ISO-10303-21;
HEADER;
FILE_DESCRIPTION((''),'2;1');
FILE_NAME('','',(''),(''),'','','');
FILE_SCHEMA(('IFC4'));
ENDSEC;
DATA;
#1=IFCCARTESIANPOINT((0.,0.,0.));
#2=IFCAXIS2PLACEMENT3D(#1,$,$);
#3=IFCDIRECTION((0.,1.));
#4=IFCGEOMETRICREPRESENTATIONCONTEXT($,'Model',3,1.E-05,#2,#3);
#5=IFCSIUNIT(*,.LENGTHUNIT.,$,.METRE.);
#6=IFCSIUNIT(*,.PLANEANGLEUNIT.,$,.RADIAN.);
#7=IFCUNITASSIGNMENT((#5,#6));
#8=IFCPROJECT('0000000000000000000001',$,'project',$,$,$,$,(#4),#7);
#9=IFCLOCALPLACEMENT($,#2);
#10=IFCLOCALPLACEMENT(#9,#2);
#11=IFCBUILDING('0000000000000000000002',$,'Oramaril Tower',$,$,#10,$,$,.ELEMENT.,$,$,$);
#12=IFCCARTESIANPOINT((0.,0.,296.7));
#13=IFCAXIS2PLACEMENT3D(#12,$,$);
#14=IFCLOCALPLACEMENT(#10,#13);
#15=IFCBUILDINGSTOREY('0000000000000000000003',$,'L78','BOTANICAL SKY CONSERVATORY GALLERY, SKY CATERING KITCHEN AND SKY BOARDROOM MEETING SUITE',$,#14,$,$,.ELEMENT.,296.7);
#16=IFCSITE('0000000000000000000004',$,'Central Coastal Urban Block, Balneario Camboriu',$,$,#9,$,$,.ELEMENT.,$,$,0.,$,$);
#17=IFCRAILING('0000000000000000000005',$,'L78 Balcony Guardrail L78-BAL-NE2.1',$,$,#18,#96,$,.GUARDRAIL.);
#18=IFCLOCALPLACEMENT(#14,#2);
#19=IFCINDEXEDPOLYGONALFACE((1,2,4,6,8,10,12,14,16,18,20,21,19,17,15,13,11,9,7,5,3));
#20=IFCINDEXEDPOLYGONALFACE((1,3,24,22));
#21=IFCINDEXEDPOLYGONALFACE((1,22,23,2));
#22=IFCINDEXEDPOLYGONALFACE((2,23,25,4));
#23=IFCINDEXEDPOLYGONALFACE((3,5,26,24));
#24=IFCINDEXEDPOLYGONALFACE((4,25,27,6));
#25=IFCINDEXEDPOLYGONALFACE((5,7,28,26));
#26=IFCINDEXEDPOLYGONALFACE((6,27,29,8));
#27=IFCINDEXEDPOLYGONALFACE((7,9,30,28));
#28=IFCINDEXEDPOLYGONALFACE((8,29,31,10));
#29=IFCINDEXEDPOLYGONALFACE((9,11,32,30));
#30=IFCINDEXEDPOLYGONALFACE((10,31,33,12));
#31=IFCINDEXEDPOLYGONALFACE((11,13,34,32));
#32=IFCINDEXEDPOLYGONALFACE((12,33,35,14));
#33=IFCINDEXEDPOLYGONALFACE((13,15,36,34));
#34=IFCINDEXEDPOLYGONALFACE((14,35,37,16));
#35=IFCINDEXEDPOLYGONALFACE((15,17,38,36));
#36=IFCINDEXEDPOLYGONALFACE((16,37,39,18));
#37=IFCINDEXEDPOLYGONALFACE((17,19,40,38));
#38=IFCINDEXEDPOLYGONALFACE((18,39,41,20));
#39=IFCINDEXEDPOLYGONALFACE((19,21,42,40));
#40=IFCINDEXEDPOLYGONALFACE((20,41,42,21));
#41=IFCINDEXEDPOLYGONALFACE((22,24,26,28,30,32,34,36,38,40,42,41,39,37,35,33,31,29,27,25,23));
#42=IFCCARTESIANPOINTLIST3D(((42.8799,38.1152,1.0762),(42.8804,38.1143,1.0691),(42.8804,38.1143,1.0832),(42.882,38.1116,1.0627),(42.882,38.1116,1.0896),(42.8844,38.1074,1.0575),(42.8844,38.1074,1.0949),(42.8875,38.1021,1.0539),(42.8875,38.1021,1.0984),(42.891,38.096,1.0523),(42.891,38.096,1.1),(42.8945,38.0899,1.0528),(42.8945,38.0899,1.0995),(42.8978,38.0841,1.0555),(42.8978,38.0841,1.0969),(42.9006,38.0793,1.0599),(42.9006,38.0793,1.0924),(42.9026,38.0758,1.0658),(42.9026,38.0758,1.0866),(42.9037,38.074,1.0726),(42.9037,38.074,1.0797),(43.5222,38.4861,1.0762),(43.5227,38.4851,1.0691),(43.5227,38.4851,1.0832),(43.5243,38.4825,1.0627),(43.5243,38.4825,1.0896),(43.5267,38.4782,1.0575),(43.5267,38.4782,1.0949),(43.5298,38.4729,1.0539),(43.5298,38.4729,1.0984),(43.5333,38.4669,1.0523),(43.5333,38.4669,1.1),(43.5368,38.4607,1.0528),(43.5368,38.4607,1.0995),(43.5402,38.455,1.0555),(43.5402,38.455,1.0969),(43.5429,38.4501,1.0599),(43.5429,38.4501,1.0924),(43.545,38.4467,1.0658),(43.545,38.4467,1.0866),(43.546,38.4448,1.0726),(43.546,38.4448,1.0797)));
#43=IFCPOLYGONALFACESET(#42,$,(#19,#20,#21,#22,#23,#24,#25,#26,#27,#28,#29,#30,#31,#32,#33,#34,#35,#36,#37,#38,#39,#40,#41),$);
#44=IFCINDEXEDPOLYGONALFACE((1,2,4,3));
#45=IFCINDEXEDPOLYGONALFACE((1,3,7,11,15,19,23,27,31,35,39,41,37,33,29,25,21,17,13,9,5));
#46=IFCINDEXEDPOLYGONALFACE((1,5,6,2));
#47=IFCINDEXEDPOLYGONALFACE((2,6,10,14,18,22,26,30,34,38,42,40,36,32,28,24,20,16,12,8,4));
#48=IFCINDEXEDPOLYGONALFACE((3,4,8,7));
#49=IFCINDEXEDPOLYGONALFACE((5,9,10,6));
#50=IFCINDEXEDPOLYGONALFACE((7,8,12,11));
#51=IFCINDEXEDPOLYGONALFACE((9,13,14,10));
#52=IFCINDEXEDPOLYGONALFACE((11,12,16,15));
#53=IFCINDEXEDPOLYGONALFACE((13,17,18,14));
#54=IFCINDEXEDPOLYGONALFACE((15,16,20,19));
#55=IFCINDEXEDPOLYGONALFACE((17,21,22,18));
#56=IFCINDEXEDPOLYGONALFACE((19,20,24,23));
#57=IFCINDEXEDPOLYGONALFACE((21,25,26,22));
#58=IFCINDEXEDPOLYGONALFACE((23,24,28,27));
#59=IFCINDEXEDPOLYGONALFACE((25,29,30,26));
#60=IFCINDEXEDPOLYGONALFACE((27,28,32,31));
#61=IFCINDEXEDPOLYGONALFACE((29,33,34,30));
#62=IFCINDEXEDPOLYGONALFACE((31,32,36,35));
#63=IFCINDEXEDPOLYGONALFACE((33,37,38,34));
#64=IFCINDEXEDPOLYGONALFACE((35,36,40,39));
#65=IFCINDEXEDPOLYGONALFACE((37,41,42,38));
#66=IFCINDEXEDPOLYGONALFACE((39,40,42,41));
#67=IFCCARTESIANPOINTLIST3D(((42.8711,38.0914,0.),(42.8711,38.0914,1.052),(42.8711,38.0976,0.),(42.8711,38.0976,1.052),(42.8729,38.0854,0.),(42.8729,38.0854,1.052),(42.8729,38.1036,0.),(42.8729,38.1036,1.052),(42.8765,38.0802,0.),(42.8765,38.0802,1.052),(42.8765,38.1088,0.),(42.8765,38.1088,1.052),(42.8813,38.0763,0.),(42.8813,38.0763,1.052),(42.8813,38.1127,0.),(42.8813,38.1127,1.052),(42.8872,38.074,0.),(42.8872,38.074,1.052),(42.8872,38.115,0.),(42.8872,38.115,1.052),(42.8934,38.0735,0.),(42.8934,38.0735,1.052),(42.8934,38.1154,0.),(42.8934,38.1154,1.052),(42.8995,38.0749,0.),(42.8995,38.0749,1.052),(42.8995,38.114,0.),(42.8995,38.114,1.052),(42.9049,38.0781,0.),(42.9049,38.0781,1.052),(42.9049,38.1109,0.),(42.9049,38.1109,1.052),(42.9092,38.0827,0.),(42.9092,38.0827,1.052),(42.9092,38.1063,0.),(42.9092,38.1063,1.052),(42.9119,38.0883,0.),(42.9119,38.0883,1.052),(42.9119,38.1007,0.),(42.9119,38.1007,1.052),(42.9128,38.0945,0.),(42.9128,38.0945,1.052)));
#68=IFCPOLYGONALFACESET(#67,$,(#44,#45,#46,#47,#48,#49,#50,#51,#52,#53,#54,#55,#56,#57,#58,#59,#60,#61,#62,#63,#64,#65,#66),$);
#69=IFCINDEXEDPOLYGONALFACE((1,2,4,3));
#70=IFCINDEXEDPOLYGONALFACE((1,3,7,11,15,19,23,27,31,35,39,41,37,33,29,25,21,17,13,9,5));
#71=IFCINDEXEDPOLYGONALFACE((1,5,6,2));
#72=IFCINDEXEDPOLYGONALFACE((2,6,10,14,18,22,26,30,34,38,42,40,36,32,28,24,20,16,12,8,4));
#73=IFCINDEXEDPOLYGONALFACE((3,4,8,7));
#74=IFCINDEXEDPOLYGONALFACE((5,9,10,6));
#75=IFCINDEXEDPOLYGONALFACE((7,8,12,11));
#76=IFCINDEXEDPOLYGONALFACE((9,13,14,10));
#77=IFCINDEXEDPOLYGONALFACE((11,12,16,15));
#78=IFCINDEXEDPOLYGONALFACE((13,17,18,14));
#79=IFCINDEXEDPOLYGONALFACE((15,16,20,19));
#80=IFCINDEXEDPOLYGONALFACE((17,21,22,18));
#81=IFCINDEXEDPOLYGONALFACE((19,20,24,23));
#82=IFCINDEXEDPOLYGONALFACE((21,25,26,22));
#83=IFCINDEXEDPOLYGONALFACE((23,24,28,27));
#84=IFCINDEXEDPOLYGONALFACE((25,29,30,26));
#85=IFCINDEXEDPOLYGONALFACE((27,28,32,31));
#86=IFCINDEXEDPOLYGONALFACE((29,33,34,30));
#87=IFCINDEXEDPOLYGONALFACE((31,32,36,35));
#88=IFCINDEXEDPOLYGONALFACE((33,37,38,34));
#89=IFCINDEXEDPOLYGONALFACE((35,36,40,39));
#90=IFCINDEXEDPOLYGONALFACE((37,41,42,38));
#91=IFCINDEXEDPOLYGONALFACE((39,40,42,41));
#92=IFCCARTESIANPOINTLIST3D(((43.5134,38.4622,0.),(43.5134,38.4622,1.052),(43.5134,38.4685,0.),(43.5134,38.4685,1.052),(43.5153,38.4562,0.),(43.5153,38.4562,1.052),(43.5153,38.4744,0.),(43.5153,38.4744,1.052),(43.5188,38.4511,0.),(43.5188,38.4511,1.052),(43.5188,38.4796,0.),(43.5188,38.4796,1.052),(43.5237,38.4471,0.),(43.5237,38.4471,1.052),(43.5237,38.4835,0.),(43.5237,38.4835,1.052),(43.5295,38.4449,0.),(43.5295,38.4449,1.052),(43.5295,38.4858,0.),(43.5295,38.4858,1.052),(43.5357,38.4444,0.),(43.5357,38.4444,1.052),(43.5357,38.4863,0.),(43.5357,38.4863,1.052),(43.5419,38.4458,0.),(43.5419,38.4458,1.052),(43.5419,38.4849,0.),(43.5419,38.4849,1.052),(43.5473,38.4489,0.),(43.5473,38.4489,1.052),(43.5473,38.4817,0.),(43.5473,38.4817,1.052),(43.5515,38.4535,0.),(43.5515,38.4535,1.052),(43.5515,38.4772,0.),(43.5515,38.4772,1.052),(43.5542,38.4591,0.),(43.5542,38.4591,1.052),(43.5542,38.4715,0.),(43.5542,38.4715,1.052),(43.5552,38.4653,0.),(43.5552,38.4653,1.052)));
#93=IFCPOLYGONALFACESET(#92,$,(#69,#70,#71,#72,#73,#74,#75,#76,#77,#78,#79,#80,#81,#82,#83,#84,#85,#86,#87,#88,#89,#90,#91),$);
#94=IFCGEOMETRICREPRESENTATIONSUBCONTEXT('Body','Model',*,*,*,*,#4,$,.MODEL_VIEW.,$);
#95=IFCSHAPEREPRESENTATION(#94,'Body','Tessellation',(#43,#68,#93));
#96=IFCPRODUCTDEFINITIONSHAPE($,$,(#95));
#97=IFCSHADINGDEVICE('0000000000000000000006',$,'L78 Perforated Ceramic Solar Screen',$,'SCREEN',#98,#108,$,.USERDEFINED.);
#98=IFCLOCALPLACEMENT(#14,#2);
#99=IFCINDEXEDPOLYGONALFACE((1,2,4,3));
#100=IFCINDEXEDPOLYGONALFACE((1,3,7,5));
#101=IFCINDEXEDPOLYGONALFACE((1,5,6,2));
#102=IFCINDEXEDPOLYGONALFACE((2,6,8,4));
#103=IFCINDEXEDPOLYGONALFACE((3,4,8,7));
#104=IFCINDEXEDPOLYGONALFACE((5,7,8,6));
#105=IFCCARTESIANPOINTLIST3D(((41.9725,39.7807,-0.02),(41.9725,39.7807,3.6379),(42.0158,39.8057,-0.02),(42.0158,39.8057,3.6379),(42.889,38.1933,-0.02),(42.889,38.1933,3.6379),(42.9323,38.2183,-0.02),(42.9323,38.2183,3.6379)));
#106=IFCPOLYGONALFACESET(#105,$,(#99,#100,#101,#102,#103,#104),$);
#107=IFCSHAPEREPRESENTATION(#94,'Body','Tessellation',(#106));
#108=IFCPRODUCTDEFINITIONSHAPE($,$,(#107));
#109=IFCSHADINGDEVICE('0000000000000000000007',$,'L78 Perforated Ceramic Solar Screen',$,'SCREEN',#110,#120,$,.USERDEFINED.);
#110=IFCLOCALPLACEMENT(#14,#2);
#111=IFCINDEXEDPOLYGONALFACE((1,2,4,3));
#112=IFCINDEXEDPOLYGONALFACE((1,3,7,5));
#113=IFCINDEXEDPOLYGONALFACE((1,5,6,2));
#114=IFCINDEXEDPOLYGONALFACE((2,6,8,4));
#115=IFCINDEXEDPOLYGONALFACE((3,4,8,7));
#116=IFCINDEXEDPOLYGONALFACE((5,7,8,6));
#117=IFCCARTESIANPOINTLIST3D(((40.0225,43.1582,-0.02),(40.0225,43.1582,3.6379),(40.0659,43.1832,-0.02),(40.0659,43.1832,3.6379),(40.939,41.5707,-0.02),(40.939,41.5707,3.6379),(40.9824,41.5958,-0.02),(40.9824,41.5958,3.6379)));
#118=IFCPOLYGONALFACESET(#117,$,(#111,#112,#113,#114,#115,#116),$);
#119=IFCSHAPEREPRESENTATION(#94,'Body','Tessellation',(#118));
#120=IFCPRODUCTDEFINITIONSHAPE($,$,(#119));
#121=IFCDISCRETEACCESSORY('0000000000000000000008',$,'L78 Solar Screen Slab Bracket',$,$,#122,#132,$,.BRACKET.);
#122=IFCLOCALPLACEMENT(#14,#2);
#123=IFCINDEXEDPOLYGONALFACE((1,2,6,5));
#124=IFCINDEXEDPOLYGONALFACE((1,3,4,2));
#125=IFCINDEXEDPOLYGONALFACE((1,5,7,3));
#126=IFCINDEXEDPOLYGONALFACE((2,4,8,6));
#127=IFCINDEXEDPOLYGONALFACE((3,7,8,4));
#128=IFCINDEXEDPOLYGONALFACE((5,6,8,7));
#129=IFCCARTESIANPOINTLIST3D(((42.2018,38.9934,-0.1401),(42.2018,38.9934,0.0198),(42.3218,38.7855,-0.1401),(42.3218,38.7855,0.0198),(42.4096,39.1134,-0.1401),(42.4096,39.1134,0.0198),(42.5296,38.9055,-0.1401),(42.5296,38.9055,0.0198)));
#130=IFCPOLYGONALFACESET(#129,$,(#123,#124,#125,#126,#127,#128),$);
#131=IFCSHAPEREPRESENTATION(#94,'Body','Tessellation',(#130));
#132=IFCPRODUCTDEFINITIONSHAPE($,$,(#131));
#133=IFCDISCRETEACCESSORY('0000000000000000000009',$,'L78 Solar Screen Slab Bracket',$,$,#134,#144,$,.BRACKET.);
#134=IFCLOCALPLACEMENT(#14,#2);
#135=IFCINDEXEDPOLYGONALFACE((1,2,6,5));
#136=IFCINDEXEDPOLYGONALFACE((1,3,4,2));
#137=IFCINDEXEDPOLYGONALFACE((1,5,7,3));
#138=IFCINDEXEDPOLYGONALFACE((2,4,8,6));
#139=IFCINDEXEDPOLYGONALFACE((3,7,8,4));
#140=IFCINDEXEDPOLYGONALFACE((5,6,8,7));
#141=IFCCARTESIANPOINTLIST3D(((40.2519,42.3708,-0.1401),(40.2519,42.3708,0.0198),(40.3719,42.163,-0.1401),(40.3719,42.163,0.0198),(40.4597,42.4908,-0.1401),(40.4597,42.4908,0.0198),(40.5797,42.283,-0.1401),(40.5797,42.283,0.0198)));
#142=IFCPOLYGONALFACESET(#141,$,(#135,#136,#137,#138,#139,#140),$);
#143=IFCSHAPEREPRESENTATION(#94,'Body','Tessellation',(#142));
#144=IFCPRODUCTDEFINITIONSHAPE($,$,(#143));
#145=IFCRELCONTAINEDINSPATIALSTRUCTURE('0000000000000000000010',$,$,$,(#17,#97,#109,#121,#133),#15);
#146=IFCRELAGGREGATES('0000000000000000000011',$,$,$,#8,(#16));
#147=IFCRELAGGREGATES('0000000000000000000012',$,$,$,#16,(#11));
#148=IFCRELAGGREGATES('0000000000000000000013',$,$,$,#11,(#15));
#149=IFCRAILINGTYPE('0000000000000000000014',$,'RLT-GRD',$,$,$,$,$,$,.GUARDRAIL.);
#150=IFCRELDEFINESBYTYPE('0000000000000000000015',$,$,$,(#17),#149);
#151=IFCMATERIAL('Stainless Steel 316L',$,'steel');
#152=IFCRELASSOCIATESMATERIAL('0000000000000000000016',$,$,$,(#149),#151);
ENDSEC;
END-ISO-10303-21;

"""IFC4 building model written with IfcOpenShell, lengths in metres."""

from ifc_helpers import new_model, si_unit, direction, frame, origin, origin_2d, place, context, subcontext, project, spatial, rectangle, circle, extrude, material, type_object, element, save


model = new_model("IFC4")

# Units and contexts
model_context = context("Model", 3, precision=1e-05, world=origin(), true_north=direction((0.0, 1.0)))
body_context = subcontext(model_context, "Body", "Model", "MODEL_VIEW")
ifc_project = project(units=[si_unit("LENGTHUNIT", "METRE"), si_unit("PLANEANGLEUNIT", "RADIAN")], contexts=[model_context])

# Site, building, storey
site_placement = place(None, origin())
site = spatial("IfcSite", under=ifc_project, at=site_placement, Name="Central Coastal Urban Block, Balneario Camboriu", CompositionType="ELEMENT", RefElevation=0.0)
building_placement = place(site_placement, origin())
building = spatial("IfcBuilding", under=site, at=building_placement, Name="Oramaril Tower", CompositionType="ELEMENT")
storey_placement = place(building_placement, frame((0.0, 0.0, 296.7)))
storey = spatial("IfcBuildingStorey", under=building, at=storey_placement, Name="L78", Description="BOTANICAL SKY CONSERVATORY GALLERY, SKY CATERING KITCHEN AND SKY BOARDROOM MEETING SUITE", CompositionType="ELEMENT", Elevation=296.7)

# Railing
ifc_material_1 = material(Name="Stainless Steel 316L", Category="steel")
railing_type = type_object("IfcRailingType", Name="RLT-GRD", PredefinedType="GUARDRAIL", material=ifc_material_1)
railing_1_placement = place(storey_placement, frame((42.8918, 38.0945, 0.0)))
element("IfcRailing", 1, at=railing_1_placement, inside=storey, type_object=railing_type, Name="L78 Balcony Guardrail L78-BAL-NE2.1", PredefinedType="GUARDRAIL", context=body_context, shape_type="SweptSolid", body=[
    extrude(circle(Radius=0.0239, at=origin_2d()), frame((0.0, 0.0, 1.0762), z_axis=(0.866027, 0.499998, 0.0), x_axis=(-0.499998, 0.866027, 0.0)), (0.0, 0.0, 1.0), 0.7417),
    extrude(circle(Radius=0.021, at=origin_2d()), origin(), (0.0, 0.0, 1.0), 1.052),
    extrude(circle(Radius=0.021, at=origin_2d()), frame((0.6423, 0.3708, 0.0)), (0.0, 0.0, 1.0), 1.052),
])

# Shading devices
for number, where, z_axis, x_axis, name in (
    (2, (42.4524, 38.9995, -0.02), (0.0, 0.0, 1.0), (-0.500002, 0.866025, 0.0), "L78 Perforated Ceramic Solar Screen"),
    (3, (40.5024, 42.377, -0.02), (0.0, 0.0, 1.0), (-0.500002, 0.866025, 0.0), "L78 Perforated Ceramic Solar Screen"),
):
    element("IfcShadingDevice", number, at=place(storey_placement, frame(where, z_axis=z_axis, x_axis=x_axis)), inside=storey, Name=name, ObjectType="SCREEN", PredefinedType="USERDEFINED", context=body_context, shape_type="SweptSolid", body=[
        extrude(rectangle(XDim=1.833, YDim=0.05, at=origin_2d()), origin(), (0.0, 0.0, 1.0), 3.658),
    ])

# Discrete accessories
for number, where, z_axis, x_axis, name in (
    (4, (42.3657, 38.9495, -0.1401), (0.0, 0.0, 1.0), (-0.500002, 0.866025, 0.0), "L78 Solar Screen Slab Bracket"),
    (5, (40.4158, 42.3269, -0.1401), (0.0, 0.0, 1.0), (-0.500002, 0.866025, 0.0), "L78 Solar Screen Slab Bracket"),
):
    element("IfcDiscreteAccessory", number, at=place(storey_placement, frame(where, z_axis=z_axis, x_axis=x_axis)), inside=storey, Name=name, PredefinedType="BRACKET", context=body_context, shape_type="SweptSolid", body=[
        extrude(rectangle(XDim=0.24, YDim=0.24, at=origin_2d()), origin(), (0.0, 0.0, 1.0), 0.1599),
    ])

save(model, "model.ifc")
